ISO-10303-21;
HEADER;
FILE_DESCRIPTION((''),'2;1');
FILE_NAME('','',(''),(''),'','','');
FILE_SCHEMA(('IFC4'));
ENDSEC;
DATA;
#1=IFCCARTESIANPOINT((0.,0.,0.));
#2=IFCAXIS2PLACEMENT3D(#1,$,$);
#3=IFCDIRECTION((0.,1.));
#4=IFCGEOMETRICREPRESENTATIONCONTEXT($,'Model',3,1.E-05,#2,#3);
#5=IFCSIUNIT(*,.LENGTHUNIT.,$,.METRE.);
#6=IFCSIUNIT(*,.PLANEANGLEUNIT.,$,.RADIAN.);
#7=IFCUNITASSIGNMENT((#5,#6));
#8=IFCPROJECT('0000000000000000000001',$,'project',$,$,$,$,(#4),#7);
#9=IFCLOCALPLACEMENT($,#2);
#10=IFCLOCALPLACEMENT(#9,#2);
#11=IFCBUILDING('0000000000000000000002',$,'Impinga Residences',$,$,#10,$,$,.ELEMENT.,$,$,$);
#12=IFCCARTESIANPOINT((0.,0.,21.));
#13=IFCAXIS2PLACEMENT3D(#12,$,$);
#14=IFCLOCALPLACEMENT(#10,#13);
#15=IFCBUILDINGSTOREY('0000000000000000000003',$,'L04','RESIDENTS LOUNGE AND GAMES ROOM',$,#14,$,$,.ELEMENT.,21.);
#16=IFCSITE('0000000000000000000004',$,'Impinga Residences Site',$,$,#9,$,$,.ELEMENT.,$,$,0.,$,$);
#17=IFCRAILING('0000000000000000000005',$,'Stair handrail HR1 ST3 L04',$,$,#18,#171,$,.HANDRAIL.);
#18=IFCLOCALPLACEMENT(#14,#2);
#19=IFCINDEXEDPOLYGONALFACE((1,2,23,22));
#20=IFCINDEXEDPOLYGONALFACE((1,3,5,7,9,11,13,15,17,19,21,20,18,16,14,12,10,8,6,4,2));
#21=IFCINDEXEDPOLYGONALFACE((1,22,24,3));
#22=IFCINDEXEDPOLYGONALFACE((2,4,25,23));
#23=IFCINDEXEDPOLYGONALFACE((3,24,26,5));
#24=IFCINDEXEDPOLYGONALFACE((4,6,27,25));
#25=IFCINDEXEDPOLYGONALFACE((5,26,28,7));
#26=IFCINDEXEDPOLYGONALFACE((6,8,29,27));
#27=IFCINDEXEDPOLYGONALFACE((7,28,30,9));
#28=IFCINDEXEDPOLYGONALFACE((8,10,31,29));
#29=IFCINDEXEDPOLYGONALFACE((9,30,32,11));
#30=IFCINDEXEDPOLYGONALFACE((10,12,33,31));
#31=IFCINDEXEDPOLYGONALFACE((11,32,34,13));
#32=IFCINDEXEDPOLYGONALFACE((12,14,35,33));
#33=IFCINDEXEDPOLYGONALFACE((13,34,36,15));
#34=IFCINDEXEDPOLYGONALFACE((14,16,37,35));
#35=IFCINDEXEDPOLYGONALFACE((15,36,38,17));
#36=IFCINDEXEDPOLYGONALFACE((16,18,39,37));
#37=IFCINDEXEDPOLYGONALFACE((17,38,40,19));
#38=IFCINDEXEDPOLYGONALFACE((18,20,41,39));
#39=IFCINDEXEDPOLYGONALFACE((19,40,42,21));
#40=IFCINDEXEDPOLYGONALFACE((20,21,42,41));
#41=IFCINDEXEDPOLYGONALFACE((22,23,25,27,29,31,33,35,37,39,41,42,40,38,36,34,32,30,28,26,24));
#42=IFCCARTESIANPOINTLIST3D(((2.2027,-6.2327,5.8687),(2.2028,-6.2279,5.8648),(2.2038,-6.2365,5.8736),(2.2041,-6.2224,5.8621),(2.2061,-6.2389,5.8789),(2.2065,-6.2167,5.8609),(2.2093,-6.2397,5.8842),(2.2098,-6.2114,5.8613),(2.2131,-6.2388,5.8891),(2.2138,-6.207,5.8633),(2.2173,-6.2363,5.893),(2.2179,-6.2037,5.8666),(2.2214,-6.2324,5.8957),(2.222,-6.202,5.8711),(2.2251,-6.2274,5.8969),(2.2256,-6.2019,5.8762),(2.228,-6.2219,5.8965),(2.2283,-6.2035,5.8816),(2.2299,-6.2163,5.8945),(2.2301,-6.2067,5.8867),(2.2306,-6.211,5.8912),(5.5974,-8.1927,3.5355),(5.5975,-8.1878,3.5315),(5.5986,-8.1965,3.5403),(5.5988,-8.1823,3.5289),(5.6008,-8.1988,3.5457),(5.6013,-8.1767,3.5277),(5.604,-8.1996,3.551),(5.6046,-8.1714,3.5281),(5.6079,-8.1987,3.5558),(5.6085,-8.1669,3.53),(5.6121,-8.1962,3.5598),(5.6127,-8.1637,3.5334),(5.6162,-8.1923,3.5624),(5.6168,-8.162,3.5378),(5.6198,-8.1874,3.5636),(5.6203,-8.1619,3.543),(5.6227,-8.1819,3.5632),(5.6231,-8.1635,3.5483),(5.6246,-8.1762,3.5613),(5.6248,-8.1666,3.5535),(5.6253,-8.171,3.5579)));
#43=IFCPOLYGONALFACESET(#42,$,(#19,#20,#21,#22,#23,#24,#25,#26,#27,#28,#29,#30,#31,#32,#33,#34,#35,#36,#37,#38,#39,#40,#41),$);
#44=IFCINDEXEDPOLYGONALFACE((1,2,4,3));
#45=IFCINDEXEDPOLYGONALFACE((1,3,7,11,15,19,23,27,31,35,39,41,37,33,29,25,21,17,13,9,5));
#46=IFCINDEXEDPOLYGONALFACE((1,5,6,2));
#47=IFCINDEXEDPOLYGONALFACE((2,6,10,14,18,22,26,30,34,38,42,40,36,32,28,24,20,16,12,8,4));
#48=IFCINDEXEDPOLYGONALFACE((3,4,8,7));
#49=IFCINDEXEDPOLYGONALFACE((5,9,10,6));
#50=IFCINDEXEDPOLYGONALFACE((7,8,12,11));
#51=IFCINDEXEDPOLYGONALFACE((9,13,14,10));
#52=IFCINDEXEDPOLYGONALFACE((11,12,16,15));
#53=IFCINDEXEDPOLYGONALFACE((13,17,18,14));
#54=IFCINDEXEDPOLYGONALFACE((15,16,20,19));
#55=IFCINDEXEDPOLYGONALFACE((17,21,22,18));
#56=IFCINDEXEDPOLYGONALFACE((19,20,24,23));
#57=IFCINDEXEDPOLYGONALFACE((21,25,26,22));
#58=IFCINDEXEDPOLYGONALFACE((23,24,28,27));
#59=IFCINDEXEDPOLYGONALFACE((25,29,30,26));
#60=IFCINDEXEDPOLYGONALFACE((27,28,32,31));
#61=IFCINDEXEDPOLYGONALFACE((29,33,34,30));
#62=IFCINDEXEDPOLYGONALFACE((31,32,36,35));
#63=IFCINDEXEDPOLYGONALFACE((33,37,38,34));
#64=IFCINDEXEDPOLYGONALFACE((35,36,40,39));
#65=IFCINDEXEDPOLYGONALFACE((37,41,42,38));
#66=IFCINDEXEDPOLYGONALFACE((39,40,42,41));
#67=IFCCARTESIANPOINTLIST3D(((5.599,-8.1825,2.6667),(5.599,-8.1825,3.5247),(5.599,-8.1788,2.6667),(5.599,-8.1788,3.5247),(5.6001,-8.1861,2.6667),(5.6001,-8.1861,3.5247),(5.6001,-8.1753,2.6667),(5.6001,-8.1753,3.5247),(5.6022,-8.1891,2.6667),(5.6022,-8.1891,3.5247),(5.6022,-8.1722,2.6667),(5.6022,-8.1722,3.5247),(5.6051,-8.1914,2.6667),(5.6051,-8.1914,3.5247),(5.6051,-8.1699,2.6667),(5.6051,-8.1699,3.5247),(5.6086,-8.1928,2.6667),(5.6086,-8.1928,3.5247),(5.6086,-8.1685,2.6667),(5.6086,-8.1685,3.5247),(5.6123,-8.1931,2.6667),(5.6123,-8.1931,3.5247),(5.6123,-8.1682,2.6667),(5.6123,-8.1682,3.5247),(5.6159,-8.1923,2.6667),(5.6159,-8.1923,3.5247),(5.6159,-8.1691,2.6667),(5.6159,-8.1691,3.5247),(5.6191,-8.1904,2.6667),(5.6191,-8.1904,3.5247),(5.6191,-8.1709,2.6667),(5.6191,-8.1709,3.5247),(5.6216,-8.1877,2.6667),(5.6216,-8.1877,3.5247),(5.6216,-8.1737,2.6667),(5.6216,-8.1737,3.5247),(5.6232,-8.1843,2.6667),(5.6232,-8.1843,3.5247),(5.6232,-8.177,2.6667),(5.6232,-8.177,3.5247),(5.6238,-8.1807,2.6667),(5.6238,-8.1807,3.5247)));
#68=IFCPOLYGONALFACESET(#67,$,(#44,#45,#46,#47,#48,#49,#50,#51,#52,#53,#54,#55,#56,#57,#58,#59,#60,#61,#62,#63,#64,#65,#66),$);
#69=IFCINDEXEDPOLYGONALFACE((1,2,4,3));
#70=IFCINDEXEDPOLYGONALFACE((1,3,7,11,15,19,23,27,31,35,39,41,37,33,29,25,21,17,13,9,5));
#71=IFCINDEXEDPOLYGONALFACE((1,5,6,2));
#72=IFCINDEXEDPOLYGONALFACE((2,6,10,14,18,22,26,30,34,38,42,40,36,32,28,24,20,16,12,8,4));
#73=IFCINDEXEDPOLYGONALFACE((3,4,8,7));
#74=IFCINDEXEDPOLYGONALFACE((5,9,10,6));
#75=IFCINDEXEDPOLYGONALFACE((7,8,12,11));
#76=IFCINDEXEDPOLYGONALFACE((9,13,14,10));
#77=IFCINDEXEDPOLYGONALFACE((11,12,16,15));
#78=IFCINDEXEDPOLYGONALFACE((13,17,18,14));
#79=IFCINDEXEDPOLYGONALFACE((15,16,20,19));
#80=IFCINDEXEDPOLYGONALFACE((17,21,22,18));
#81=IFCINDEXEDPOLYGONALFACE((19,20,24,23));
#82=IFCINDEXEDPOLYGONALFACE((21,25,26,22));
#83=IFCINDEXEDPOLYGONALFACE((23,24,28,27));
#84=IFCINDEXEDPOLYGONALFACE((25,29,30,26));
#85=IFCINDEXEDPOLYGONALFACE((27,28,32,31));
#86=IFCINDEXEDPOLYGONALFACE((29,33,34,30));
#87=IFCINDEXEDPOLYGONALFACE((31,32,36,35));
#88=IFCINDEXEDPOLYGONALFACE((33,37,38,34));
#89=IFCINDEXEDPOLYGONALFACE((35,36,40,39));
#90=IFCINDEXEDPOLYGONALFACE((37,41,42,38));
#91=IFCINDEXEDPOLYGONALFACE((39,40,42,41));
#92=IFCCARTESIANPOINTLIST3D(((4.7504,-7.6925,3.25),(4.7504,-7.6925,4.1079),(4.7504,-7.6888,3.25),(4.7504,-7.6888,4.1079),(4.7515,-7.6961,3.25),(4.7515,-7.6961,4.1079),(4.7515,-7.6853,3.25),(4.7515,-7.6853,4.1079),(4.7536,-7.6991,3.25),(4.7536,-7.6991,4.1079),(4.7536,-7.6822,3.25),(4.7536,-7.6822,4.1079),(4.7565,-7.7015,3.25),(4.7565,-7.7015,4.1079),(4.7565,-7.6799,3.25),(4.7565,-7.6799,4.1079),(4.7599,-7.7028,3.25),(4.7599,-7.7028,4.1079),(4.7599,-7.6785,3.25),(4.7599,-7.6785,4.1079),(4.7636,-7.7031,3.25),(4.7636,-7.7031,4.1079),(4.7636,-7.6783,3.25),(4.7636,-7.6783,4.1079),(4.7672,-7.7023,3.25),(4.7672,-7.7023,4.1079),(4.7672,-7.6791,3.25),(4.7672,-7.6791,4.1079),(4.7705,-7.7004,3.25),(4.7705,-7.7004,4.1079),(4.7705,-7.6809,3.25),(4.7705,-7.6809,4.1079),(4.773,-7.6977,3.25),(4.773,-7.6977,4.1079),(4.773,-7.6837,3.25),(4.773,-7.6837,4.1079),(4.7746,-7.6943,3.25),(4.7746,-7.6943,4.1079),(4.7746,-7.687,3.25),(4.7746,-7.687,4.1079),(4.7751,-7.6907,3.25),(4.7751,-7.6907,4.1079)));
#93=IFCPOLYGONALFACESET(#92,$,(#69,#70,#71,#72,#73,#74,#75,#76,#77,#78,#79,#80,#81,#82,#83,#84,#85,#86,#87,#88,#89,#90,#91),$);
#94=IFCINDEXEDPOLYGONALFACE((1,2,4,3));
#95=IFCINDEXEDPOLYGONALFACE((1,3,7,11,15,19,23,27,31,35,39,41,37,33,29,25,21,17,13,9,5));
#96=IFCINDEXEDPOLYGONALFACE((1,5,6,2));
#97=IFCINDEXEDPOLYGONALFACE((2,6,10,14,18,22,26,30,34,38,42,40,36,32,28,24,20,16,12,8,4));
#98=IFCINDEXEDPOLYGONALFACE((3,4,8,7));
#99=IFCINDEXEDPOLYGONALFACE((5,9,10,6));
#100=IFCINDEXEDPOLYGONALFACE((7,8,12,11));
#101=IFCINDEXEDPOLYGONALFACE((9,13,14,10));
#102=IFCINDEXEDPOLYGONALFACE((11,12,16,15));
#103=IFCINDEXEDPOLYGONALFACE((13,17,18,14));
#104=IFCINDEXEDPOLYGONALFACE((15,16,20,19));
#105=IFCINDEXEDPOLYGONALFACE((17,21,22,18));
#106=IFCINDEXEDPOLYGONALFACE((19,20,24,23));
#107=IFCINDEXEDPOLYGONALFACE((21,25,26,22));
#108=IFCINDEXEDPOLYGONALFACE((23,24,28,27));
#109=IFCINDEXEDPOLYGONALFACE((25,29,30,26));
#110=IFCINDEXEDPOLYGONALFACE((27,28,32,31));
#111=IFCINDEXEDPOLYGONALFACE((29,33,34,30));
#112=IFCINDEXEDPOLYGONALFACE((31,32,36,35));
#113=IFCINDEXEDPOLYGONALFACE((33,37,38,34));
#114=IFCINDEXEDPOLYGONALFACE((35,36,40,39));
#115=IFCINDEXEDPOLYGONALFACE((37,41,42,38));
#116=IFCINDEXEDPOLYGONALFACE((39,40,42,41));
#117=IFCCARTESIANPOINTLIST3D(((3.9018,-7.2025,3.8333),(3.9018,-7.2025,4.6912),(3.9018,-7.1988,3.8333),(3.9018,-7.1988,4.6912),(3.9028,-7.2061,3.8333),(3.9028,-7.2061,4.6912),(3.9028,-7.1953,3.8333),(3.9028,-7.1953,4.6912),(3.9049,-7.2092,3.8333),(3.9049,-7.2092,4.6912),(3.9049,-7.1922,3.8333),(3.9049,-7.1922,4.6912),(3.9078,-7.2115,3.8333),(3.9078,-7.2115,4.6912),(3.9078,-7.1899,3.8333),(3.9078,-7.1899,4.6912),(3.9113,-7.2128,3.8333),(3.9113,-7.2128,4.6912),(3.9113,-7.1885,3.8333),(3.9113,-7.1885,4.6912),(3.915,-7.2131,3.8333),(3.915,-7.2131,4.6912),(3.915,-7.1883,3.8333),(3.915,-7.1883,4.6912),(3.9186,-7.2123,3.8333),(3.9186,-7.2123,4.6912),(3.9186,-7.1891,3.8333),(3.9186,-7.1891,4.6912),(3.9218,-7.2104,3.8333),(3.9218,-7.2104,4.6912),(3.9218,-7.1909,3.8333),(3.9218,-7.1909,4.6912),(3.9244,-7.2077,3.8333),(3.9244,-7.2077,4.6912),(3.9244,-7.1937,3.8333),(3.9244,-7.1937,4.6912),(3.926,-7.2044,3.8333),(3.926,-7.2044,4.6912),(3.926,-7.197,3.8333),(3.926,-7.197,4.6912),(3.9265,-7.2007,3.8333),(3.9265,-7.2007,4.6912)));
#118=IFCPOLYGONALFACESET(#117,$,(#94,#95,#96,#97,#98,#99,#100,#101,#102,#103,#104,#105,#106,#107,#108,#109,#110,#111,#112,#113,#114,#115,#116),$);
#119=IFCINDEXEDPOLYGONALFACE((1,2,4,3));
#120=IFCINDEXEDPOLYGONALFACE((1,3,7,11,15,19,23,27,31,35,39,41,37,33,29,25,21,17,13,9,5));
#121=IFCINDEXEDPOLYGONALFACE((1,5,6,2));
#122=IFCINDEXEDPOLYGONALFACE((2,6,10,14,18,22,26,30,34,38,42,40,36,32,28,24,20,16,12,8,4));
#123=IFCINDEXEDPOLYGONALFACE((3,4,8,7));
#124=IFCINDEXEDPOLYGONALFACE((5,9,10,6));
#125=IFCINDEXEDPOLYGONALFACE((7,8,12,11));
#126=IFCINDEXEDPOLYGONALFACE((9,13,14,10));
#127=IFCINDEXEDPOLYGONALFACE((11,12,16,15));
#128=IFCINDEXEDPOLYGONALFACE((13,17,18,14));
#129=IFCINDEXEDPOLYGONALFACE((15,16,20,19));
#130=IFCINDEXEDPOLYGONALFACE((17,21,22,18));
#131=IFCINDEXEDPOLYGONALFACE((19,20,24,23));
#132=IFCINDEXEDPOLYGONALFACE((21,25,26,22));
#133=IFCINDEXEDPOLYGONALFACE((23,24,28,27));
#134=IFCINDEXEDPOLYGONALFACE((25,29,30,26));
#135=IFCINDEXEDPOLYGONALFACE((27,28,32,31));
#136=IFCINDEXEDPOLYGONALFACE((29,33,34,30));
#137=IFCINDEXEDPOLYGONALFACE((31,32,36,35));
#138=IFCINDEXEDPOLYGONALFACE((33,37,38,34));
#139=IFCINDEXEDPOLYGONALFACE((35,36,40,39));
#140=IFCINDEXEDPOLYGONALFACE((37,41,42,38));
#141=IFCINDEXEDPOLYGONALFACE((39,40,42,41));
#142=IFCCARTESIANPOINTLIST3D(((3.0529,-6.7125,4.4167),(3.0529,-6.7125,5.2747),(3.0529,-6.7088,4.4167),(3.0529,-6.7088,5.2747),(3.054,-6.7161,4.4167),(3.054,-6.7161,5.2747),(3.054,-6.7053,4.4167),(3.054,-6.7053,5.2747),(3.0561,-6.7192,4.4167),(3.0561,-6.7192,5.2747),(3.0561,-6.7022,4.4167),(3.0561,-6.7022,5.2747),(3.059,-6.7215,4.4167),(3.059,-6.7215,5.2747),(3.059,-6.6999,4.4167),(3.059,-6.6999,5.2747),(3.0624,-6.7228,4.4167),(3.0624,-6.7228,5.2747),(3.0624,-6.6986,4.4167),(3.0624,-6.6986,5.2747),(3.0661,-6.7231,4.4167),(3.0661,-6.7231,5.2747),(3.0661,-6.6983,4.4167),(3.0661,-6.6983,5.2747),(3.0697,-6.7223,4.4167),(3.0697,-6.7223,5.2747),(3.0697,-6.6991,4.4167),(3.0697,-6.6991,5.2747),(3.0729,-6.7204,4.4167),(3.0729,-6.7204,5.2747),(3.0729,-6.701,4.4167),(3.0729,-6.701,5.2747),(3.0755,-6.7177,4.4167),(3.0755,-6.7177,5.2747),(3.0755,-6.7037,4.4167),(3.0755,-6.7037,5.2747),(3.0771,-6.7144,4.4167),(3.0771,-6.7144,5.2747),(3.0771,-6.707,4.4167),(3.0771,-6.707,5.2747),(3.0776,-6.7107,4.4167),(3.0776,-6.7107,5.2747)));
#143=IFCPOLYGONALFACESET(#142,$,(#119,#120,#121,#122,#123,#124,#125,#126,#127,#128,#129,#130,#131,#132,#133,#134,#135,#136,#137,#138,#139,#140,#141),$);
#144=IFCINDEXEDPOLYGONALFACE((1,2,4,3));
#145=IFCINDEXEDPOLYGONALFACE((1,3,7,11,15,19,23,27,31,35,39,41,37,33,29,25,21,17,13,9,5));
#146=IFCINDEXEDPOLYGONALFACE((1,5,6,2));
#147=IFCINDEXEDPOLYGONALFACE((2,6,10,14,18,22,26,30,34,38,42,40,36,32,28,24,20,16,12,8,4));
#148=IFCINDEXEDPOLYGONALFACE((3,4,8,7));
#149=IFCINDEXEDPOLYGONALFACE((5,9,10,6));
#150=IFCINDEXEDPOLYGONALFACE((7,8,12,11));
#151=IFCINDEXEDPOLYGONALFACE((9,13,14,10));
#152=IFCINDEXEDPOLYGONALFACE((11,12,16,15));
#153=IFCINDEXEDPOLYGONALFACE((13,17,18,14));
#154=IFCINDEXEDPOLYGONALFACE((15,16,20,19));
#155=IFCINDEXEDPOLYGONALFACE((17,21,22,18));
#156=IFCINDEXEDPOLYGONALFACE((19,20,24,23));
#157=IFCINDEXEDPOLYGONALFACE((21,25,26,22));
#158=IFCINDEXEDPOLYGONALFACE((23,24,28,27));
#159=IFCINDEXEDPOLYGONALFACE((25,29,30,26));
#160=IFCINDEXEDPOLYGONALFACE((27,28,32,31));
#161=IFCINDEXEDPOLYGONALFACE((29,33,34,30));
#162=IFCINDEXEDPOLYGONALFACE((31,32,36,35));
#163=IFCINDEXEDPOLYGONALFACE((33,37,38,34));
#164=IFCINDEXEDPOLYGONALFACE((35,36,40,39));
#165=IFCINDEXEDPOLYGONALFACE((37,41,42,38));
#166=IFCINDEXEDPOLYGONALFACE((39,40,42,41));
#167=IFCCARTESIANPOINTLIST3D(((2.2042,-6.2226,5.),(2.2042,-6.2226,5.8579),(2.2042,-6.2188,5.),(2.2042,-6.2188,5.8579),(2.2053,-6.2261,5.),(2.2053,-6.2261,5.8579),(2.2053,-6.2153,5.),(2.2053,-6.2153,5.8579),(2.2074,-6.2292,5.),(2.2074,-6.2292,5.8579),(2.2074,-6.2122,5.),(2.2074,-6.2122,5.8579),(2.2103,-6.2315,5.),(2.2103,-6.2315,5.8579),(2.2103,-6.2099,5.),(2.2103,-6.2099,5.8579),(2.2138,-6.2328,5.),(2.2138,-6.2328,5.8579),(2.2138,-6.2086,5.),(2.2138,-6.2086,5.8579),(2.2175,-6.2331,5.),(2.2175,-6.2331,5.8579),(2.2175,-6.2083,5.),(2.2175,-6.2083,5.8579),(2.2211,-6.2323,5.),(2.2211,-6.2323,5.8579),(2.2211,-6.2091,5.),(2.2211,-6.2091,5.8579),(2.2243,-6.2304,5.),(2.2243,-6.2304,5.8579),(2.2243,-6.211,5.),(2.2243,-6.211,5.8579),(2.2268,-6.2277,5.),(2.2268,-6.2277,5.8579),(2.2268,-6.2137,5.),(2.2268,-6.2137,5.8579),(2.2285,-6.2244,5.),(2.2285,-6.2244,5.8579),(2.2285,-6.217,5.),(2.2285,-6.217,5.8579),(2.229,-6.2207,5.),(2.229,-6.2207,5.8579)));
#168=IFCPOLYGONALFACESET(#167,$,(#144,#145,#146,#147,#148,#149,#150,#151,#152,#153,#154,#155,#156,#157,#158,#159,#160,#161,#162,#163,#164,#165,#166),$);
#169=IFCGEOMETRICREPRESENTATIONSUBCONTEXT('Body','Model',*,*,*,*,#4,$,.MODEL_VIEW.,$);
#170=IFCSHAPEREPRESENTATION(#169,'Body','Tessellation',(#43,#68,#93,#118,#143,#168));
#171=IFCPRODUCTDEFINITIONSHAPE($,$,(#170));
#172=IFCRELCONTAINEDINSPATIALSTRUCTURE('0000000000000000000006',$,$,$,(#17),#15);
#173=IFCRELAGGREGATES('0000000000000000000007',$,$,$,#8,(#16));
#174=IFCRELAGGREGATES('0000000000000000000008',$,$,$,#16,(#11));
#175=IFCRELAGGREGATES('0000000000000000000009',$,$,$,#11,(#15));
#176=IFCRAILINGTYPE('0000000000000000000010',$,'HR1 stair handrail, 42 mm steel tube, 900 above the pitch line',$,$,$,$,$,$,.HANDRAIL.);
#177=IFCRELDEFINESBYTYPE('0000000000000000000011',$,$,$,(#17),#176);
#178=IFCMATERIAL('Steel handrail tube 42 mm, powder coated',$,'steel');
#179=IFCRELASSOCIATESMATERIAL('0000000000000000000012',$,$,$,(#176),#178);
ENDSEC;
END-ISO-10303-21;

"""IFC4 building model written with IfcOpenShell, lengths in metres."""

from ifc_helpers import new_model, si_unit, direction, frame, origin, origin_2d, place, context, subcontext, project, spatial, circle, extrude, material, type_object, element, save


model = new_model("IFC4")

# Units and contexts
model_context = context("Model", 3, precision=1e-05, world=origin(), true_north=direction((0.0, 1.0)))
body_context = subcontext(model_context, "Body", "Model", "MODEL_VIEW")
ifc_project = project(units=[si_unit("LENGTHUNIT", "METRE"), si_unit("PLANEANGLEUNIT", "RADIAN")], contexts=[model_context])

# Site, building, storey
site_placement = place(None, origin())
site = spatial("IfcSite", under=ifc_project, at=site_placement, Name="Impinga Residences Site", CompositionType="ELEMENT", RefElevation=0.0)
building_placement = place(site_placement, origin())
building = spatial("IfcBuilding", under=site, at=building_placement, Name="Impinga Residences", CompositionType="ELEMENT")
storey_placement = place(building_placement, frame((0.0, 0.0, 21.0)))
storey = spatial("IfcBuildingStorey", under=building, at=storey_placement, Name="L04", Description="RESIDENTS LOUNGE AND GAMES ROOM", CompositionType="ELEMENT", Elevation=21.0)

# Railing
ifc_material_1 = material(Name="Steel handrail tube 42 mm, powder coated", Category="steel")
railing_type_1 = type_object("IfcRailingType", Name="HR1 stair handrail, 42 mm steel tube, 900 above the pitch line", PredefinedType="HANDRAIL", material=ifc_material_1)
railing_1_placement = place(storey_placement, frame((5.6113, -8.1807, 2.6667)))
element("IfcRailing", 1, at=railing_1_placement, inside=storey, type_object=railing_type_1, Name="Stair handrail HR1 ST3 L04", PredefinedType="HANDRAIL", context=body_context, shape_type="SweptSolid", body=[
    extrude(circle(Radius=0.021, at=origin_2d()), frame((0.0, 0.0, 0.8789), z_axis=(-0.744175, 0.429646, 0.511476), x_axis=(-0.499997, -0.866027, 0.0)), (0.0, 0.0, 1.0), 4.5618),
    extrude(circle(Radius=0.0125, at=origin_2d()), origin(), (0.0, 0.0, 1.0), 0.8579),
    extrude(circle(Radius=0.0125, at=origin_2d()), frame((-0.8486, 0.49, 0.5833)), (0.0, 0.0, 1.0), 0.8579),
    extrude(circle(Radius=0.0125, at=origin_2d()), frame((-1.6973, 0.98, 1.1665)), (0.0, 0.0, 1.0), 0.8579),
    extrude(circle(Radius=0.0125, at=origin_2d()), frame((-2.5461, 1.47, 1.75)), (0.0, 0.0, 1.0), 0.8579),
    extrude(circle(Radius=0.0125, at=origin_2d()), frame((-3.3948, 1.96, 2.3333)), (0.0, 0.0, 1.0), 0.8579),
])

save(model, "model.ifc")
